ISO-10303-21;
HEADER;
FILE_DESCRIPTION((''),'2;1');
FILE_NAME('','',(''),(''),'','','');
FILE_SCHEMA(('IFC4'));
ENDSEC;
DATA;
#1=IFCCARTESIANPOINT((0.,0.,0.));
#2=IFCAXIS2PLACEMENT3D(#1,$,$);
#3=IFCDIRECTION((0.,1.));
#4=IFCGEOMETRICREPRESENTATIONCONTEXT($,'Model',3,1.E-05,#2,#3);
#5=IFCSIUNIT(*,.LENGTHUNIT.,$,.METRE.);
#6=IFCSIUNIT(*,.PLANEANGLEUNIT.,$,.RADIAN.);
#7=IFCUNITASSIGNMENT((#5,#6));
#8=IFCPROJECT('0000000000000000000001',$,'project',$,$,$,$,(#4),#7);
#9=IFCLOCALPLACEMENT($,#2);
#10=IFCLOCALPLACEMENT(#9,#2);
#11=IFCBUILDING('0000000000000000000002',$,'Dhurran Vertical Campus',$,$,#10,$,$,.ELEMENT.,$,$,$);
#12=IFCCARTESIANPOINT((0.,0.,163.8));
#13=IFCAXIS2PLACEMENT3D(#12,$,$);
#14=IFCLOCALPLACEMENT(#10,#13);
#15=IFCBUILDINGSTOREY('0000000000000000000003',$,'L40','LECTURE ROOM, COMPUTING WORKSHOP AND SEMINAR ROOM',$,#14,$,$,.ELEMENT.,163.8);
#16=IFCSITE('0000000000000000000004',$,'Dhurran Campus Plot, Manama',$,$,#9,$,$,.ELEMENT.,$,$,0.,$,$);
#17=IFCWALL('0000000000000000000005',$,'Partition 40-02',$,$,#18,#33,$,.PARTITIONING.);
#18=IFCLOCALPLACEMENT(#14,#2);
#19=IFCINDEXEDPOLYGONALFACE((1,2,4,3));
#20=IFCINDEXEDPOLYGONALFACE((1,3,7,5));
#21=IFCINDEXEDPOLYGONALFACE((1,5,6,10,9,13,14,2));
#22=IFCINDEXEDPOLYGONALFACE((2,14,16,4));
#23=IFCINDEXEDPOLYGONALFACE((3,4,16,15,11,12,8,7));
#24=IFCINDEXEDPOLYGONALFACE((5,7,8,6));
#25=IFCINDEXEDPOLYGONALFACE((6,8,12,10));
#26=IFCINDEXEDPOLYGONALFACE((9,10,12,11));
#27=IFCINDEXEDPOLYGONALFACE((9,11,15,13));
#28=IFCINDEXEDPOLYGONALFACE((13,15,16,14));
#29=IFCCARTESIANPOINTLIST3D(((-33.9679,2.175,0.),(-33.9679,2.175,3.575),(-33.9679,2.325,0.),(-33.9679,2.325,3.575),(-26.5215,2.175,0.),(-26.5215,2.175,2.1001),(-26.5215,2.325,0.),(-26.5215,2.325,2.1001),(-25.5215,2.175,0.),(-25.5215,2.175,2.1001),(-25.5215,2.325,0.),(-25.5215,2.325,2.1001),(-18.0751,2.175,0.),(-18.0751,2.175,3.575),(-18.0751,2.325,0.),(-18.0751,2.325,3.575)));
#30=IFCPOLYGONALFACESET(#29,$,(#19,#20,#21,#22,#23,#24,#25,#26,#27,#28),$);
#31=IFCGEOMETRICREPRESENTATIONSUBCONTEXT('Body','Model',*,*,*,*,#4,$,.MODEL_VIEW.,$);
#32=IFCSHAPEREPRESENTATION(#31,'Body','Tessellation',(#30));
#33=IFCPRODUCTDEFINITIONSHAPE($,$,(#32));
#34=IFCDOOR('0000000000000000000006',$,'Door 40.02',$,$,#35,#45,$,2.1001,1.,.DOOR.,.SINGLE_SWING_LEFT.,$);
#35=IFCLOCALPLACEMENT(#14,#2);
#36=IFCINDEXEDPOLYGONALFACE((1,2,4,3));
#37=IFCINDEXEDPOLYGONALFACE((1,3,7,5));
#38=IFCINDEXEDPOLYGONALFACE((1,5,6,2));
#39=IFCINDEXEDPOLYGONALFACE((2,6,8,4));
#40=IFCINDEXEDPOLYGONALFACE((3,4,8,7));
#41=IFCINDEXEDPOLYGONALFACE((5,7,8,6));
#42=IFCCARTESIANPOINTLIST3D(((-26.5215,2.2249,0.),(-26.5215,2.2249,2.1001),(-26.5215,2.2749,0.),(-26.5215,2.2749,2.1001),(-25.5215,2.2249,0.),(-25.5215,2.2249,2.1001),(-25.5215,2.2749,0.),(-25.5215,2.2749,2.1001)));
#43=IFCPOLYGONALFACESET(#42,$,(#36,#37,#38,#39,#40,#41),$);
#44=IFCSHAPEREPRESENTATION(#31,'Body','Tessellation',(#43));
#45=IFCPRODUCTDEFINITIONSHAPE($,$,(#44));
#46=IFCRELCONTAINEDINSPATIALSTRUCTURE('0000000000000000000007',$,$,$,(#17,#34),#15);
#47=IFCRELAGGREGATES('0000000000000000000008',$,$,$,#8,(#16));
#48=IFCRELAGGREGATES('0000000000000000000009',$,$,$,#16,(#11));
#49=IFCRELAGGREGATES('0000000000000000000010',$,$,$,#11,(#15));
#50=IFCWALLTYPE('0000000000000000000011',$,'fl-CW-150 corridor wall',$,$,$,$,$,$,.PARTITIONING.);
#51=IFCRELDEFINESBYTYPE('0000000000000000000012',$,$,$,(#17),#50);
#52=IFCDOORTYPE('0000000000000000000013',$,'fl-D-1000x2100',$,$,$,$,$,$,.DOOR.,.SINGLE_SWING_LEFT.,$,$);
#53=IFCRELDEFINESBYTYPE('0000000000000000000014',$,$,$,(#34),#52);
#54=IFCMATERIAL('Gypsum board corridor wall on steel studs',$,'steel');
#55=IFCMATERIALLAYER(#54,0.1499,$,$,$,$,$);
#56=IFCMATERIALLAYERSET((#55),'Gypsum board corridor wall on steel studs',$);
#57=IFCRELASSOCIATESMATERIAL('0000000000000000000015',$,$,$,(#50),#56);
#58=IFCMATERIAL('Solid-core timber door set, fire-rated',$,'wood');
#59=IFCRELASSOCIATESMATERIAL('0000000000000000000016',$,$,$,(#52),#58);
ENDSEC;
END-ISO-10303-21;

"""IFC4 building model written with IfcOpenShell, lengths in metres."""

from ifc_helpers import new_model, si_unit, direction, frame, frame_2d, origin, place, context, subcontext, project, spatial, rectangle, extrude, material, layer, layer_set, type_object, element, fill, save


model = new_model("IFC4")

# Units and contexts
model_context = context("Model", 3, precision=1e-05, world=origin(), true_north=direction((0.0, 1.0)))
body_context = subcontext(model_context, "Body", "Model", "MODEL_VIEW")
ifc_project = project(units=[si_unit("LENGTHUNIT", "METRE"), si_unit("PLANEANGLEUNIT", "RADIAN")], contexts=[model_context])

# Site, building, storey
site_placement = place(None, origin())
site = spatial("IfcSite", under=ifc_project, at=site_placement, Name="Dhurran Campus Plot, Manama", CompositionType="ELEMENT", RefElevation=0.0)
building_placement = place(site_placement, origin())
building = spatial("IfcBuilding", under=site, at=building_placement, Name="Dhurran Vertical Campus", CompositionType="ELEMENT")
storey_placement = place(building_placement, frame((0.0, 0.0, 163.8)))
storey = spatial("IfcBuildingStorey", under=building, at=storey_placement, Name="L40", Description="LECTURE ROOM, COMPUTING WORKSHOP AND SEMINAR ROOM", CompositionType="ELEMENT", Elevation=163.8)

# Wall, opening, door
ifc_material_1 = material(Name="Gypsum board corridor wall on steel studs", Category="steel")
ifc_layer_1 = layer(ifc_material_1, 0.1499)
ifc_layer_set_1 = layer_set([ifc_layer_1], Name="Gypsum board corridor wall on steel studs")
wall_type_1 = type_object("IfcWallType", Name="fl-CW-150 corridor wall", PredefinedType="PARTITIONING", material=ifc_layer_set_1)
wall_1_placement = place(storey_placement, frame((-33.9678, 2.25, 0.0), z_axis=(0.0, 0.0, 1.0), x_axis=(1.0, 0.0, 0.0)))
wall_1 = element("IfcWall", 1, at=wall_1_placement, inside=storey, type_object=wall_type_1, Name="Partition 40-02", PredefinedType="PARTITIONING", context=body_context, shape_type="SweptSolid", body=[
    extrude(rectangle(XDim=15.8928, YDim=0.1499, at=frame_2d((7.9463, 0.0))), origin(), (0.0, 0.0, 1.0), 3.575),
])
opening_1_placement = place(wall_1_placement, frame((7.4463, 0.0, 0.0)))
opening_1 = element("IfcOpeningElement", 2, at=opening_1_placement, cuts=wall_1, PredefinedType="OPENING", context=body_context, shape_type="SweptSolid", body=[
    extrude(rectangle(XDim=1.0, YDim=2.1001, at=frame_2d((0.5, 1.05))), frame((0.0, 0.085, 0.0), z_axis=(0.0, -1.0, 0.0), x_axis=(1.0, 0.0, 0.0)), (0.0, 0.0, 1.0), 0.1699),
])
ifc_material_2 = material(Name="Solid-core timber door set, fire-rated", Category="wood")
door_type_1 = type_object("IfcDoorType", Name="fl-D-1000x2100", OperationType="SINGLE_SWING_LEFT", PredefinedType="DOOR", material=ifc_material_2)
door_1_placement = place(opening_1_placement, origin())
door_1 = element("IfcDoor", 3, at=door_1_placement, inside=storey, type_object=door_type_1, Name="Door 40.02", OperationType="SINGLE_SWING_LEFT", OverallHeight=2.1001, OverallWidth=1.0, PredefinedType="DOOR", context=body_context, shape_type="SweptSolid", body=[
    extrude(rectangle(XDim=1.0, YDim=2.1001, at=frame_2d((0.5, 1.05))), frame((0.0, 0.0249, 0.0), z_axis=(0.0, -1.0, 0.0), x_axis=(1.0, 0.0, 0.0)), (0.0, 0.0, 1.0), 0.05),
])
fill(opening_1, door_1)

save(model, "model.ifc")
